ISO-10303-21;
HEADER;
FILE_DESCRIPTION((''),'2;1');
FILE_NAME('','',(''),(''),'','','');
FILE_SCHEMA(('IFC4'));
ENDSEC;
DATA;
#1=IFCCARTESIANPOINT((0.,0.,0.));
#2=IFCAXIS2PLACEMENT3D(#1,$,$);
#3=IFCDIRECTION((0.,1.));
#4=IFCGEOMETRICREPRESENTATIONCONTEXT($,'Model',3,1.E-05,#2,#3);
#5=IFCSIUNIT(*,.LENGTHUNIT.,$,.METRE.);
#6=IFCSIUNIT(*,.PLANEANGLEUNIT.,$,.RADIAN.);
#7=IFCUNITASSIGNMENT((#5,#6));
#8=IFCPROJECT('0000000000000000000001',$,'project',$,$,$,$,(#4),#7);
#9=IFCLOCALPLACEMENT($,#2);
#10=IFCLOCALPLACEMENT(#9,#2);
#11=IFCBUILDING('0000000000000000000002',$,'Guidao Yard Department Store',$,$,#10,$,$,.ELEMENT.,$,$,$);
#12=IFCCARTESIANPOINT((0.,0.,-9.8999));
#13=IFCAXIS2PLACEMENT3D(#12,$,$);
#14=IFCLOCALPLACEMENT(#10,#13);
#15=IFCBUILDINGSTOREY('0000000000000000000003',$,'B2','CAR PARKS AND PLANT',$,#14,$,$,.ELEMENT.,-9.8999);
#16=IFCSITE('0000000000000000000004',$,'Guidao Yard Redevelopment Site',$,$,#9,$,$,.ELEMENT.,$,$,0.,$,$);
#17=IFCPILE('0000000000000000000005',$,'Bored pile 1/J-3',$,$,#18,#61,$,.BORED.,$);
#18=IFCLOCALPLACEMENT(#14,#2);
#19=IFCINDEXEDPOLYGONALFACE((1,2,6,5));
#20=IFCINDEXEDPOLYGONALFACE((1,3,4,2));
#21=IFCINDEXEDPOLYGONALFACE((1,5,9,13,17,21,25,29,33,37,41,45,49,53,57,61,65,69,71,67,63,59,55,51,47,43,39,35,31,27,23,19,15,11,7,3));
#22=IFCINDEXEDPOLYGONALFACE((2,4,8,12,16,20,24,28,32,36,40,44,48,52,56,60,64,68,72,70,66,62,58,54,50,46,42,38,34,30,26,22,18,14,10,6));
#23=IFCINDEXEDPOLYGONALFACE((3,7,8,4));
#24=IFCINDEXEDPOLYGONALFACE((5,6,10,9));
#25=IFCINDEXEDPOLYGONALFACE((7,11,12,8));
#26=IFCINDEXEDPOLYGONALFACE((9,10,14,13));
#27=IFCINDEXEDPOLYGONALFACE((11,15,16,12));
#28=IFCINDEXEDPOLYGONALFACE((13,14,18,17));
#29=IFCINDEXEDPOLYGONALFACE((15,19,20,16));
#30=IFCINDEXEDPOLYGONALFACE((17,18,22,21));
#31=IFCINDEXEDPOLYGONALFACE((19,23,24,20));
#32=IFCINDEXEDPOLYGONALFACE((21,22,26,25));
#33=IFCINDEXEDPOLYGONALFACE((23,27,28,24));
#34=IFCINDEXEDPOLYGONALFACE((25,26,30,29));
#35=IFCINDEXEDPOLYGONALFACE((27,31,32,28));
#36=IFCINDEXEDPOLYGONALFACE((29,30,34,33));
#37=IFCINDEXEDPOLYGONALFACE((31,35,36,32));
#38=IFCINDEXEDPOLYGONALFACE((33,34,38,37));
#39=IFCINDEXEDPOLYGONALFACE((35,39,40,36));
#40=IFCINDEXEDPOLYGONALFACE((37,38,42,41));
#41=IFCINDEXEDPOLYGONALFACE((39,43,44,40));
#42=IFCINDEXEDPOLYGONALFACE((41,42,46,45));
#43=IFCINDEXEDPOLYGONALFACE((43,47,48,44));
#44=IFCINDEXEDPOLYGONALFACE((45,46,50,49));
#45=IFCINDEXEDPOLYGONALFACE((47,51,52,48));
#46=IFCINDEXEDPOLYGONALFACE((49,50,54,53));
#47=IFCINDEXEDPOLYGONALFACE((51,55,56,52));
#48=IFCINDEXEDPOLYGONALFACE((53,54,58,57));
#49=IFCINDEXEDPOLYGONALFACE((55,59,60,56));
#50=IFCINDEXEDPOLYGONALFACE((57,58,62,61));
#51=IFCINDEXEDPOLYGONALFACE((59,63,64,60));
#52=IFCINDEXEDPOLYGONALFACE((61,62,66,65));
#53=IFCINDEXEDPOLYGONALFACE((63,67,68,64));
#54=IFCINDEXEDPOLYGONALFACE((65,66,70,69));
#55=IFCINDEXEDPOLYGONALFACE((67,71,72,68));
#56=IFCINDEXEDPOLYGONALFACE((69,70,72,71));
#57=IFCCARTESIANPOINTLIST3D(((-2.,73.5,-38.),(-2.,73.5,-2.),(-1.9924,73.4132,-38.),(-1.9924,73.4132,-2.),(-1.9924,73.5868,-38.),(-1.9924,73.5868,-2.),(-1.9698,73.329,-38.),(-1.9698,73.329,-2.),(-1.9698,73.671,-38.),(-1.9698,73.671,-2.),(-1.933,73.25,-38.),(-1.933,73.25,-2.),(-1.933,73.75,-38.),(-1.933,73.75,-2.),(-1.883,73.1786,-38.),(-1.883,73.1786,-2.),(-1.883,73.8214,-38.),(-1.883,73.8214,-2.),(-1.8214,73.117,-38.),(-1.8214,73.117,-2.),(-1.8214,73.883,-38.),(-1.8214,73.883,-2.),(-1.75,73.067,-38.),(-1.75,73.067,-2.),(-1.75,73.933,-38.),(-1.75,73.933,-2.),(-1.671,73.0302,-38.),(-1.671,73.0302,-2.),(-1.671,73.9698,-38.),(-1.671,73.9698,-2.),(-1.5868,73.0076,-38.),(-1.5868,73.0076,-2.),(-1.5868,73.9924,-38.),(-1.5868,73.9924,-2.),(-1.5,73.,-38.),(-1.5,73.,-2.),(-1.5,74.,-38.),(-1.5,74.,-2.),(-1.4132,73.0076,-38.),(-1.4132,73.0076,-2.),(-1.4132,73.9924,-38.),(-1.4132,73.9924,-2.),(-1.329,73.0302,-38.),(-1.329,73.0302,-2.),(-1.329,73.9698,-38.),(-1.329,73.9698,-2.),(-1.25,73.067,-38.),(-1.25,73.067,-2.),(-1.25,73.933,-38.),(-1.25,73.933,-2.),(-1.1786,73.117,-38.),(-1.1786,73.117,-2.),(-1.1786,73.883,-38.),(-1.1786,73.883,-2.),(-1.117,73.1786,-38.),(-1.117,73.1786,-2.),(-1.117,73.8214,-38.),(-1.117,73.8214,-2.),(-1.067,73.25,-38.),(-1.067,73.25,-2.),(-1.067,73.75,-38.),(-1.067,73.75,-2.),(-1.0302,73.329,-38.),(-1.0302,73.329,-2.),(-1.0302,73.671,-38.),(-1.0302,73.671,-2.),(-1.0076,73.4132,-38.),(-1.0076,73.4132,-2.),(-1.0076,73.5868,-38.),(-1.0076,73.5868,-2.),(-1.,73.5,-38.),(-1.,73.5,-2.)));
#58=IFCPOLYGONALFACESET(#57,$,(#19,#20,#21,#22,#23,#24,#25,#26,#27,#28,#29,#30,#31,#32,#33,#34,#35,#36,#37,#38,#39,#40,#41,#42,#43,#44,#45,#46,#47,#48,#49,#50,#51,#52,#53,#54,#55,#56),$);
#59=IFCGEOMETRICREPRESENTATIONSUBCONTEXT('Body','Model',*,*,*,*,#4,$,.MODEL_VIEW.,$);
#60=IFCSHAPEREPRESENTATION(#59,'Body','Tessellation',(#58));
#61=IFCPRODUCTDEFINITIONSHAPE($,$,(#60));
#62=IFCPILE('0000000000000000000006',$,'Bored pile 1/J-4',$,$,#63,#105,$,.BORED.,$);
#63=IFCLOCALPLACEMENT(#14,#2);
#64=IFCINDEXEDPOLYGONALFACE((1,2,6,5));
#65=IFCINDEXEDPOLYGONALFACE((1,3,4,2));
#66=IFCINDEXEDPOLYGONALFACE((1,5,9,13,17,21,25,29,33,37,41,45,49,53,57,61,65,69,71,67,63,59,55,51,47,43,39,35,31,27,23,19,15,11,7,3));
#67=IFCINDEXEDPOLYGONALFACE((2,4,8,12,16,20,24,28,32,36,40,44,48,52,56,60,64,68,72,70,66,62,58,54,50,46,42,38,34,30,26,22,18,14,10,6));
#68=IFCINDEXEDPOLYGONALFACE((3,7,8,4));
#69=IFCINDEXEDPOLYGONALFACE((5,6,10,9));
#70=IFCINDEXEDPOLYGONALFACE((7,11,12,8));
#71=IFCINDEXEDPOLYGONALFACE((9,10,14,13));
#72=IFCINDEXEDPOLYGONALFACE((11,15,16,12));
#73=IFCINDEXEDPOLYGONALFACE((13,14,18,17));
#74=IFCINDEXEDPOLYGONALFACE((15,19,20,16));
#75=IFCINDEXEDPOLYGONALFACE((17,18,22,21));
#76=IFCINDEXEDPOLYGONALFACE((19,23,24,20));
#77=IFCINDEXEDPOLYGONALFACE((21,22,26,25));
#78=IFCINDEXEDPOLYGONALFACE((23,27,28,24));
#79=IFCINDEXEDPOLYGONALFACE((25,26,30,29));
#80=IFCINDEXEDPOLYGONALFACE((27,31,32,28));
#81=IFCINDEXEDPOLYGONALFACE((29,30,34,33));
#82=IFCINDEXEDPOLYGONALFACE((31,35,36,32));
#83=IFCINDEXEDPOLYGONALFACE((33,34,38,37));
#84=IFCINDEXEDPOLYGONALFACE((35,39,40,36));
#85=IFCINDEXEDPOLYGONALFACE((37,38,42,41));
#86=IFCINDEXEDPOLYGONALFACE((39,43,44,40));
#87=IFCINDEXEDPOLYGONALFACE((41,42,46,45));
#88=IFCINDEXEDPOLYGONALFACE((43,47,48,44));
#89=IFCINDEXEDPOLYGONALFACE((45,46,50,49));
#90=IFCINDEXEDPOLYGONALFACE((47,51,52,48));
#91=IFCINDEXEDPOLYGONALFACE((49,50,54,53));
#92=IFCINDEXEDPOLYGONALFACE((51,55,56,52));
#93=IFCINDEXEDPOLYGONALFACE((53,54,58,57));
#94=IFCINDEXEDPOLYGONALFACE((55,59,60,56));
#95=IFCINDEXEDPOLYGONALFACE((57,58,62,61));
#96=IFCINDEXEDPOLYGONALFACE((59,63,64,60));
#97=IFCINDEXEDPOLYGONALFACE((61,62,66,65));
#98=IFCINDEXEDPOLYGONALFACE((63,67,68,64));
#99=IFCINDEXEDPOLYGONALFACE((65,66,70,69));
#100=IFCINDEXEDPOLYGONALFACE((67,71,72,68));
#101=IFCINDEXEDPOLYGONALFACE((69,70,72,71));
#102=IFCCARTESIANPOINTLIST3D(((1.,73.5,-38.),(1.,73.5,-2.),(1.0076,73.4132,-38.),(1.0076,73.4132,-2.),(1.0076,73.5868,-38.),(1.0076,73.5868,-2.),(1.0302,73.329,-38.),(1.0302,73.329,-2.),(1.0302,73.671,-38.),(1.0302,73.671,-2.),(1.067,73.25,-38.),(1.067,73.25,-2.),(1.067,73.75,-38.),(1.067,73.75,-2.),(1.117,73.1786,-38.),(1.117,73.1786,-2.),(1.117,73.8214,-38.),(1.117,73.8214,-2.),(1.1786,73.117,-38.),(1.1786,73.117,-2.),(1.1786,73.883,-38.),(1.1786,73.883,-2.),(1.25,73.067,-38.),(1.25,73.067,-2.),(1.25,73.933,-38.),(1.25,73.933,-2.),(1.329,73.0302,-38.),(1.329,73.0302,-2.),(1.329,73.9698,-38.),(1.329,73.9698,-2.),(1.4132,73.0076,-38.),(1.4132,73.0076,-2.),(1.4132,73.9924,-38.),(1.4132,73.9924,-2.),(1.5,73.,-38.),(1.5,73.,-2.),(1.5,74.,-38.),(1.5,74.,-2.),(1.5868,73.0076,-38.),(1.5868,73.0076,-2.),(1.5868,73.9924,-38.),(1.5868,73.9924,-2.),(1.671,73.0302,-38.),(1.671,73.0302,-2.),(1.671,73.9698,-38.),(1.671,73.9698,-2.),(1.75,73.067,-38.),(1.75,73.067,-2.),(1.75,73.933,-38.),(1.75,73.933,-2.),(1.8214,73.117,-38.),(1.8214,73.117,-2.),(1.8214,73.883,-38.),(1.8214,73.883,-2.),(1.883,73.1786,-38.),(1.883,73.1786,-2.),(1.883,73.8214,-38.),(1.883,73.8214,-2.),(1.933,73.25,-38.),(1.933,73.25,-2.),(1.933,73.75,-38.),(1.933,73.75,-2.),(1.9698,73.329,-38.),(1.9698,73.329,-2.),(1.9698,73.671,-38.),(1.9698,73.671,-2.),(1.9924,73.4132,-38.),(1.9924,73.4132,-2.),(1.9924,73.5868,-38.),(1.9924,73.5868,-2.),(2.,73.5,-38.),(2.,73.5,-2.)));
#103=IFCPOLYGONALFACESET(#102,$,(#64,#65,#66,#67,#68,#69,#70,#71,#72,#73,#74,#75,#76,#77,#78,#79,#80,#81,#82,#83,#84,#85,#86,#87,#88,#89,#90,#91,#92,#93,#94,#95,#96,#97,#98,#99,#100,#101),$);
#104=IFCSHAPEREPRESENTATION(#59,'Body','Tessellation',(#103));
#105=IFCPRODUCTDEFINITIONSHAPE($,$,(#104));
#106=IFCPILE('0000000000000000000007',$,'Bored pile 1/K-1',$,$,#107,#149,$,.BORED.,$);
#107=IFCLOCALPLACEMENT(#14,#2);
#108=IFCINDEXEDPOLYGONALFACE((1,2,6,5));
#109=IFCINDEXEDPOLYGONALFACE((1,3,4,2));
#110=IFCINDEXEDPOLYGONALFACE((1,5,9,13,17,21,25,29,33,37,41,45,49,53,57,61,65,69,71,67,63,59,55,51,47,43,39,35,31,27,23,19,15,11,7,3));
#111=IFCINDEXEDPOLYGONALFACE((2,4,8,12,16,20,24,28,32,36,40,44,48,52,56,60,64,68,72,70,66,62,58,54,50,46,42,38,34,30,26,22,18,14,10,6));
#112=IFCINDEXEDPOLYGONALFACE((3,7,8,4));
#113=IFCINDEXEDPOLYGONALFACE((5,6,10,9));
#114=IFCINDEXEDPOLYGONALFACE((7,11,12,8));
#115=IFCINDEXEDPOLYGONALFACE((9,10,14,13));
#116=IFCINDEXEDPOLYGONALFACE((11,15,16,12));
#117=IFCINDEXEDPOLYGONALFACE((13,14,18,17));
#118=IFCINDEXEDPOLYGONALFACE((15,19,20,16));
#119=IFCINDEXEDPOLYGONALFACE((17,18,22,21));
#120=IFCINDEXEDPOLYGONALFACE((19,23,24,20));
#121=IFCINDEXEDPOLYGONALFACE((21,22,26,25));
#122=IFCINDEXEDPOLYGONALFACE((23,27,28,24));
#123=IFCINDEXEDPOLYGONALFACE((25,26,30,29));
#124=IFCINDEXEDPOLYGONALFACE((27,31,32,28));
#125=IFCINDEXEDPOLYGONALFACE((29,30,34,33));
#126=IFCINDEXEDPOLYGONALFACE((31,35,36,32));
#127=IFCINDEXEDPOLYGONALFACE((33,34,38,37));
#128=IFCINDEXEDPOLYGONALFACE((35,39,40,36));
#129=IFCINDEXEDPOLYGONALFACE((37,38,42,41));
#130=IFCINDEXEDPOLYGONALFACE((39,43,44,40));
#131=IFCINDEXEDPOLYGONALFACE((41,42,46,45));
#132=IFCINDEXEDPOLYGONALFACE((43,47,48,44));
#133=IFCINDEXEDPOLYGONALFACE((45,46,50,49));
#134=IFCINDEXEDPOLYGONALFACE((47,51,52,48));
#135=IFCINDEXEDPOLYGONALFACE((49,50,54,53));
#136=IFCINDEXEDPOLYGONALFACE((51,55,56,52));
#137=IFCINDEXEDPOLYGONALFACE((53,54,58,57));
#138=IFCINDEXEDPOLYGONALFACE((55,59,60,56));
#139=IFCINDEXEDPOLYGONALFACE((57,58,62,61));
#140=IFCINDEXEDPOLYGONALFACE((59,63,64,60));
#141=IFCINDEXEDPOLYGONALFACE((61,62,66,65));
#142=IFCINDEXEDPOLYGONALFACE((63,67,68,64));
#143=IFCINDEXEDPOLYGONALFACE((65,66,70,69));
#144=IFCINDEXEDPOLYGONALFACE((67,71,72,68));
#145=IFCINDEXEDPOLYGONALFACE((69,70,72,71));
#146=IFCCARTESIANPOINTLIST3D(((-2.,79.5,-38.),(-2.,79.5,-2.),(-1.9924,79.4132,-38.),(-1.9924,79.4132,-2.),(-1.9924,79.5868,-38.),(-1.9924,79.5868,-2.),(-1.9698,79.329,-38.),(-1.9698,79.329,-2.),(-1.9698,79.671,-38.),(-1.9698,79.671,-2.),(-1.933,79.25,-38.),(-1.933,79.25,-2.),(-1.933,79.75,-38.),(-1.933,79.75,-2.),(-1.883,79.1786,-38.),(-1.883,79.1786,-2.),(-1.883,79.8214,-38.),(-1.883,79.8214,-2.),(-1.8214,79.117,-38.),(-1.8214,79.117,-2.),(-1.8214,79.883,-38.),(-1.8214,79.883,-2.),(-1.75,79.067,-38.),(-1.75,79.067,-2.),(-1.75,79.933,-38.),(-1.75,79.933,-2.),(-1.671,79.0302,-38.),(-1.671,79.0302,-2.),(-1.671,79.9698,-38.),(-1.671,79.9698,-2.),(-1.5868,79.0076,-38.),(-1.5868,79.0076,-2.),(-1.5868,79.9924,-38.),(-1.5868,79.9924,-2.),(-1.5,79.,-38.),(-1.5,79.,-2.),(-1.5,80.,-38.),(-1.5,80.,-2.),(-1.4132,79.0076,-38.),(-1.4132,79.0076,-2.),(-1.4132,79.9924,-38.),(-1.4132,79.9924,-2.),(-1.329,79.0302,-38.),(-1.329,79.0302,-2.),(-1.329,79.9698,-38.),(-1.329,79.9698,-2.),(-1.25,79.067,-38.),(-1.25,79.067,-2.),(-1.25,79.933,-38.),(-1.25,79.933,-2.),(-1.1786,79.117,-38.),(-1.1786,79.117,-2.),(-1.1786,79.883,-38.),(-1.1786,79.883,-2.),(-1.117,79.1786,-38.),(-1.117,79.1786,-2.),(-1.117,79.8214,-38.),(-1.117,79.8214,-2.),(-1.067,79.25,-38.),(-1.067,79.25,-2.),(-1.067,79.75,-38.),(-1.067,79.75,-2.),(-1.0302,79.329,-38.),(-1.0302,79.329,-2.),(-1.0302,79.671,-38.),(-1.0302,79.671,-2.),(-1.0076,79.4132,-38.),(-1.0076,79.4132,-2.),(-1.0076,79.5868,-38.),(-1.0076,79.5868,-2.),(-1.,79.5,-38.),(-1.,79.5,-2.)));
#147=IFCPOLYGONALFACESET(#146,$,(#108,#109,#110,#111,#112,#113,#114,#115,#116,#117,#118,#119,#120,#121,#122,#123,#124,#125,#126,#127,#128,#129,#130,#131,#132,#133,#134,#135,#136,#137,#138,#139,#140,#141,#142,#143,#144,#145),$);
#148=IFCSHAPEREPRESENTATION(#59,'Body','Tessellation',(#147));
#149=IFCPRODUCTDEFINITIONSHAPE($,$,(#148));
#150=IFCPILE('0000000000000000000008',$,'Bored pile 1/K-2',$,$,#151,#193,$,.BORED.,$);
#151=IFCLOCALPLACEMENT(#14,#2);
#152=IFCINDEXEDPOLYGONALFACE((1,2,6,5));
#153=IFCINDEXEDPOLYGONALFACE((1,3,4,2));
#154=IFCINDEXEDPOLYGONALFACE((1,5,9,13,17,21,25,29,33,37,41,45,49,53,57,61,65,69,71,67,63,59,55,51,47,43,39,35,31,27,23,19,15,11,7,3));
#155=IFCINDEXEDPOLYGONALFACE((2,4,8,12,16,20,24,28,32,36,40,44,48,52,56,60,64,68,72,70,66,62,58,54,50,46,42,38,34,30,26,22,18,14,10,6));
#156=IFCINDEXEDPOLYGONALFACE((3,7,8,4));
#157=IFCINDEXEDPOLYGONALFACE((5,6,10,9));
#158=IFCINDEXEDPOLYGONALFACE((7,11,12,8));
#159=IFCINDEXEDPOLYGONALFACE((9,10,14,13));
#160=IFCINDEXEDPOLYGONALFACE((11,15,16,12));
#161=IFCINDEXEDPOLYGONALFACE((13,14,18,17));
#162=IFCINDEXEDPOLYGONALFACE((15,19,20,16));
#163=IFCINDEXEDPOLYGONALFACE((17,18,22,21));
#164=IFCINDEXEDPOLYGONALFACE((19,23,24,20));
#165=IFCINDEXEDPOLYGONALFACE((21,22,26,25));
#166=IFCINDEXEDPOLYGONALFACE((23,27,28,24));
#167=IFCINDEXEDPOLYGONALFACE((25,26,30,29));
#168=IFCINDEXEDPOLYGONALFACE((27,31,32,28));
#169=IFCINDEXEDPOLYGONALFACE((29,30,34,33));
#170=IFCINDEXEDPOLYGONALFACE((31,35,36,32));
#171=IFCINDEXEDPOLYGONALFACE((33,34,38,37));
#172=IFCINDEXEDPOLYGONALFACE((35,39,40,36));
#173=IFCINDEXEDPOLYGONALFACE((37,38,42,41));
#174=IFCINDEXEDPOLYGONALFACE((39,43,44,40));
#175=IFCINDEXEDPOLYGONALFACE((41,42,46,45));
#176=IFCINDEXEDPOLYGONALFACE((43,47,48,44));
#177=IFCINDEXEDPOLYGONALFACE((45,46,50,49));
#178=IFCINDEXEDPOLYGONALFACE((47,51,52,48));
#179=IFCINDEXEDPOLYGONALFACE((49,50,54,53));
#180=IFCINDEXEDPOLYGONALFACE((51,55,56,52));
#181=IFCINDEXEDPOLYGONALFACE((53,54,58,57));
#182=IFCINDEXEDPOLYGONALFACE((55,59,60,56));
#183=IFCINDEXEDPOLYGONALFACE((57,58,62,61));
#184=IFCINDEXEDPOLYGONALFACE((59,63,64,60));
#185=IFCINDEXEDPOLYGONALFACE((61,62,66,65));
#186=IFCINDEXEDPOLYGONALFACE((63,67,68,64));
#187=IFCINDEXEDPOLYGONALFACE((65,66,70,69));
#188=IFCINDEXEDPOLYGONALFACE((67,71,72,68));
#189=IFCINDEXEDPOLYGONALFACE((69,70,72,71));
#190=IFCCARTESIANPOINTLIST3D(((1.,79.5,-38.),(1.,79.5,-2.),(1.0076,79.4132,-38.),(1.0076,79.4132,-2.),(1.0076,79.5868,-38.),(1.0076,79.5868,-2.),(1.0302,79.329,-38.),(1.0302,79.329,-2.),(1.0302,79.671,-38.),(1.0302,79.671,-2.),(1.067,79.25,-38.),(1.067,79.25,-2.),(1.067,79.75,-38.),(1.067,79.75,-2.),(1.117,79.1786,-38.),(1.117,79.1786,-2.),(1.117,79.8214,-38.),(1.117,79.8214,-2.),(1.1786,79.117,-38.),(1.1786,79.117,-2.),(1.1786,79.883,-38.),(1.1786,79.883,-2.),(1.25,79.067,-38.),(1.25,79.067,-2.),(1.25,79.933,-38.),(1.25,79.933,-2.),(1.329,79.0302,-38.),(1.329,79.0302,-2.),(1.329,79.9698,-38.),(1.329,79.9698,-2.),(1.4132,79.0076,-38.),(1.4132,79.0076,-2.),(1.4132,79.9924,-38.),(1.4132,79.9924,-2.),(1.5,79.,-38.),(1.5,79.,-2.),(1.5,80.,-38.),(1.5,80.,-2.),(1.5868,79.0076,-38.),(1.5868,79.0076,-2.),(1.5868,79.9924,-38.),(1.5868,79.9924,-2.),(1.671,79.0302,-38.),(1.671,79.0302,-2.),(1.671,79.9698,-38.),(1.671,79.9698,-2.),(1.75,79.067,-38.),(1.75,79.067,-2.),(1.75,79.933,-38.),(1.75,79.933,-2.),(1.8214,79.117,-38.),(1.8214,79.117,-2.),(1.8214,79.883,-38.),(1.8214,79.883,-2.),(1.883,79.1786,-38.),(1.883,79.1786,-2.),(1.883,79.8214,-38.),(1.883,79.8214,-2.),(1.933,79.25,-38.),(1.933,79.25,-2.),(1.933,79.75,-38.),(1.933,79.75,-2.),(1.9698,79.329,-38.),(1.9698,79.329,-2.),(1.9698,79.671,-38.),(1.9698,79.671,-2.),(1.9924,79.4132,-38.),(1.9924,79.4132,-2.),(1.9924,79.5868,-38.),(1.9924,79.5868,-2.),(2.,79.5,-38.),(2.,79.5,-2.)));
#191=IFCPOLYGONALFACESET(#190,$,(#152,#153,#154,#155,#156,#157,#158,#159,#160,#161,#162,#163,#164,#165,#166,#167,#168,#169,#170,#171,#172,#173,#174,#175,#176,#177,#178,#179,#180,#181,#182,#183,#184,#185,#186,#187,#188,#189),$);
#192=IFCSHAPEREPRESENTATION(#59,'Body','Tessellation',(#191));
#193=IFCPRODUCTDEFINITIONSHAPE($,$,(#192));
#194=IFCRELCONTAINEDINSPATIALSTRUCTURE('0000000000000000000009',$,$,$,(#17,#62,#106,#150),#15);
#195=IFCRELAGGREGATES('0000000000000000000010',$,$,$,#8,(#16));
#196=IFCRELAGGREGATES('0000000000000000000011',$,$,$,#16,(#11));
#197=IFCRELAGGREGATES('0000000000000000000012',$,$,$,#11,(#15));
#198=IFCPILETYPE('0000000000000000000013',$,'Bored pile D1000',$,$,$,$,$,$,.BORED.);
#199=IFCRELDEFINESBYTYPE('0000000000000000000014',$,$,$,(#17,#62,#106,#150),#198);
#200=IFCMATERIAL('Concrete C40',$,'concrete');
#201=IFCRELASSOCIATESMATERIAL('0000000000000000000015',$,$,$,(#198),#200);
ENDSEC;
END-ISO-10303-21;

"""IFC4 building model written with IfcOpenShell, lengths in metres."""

from ifc_helpers import new_model, si_unit, direction, frame, origin, origin_2d, place, context, subcontext, project, spatial, circle, extrude, material, material_profile, profile_set, type_object, element, save


model = new_model("IFC4")

# Units and contexts
model_context = context("Model", 3, precision=1e-05, world=origin(), true_north=direction((0.0, 1.0)))
body_context = subcontext(model_context, "Body", "Model", "MODEL_VIEW")
ifc_project = project(units=[si_unit("LENGTHUNIT", "METRE"), si_unit("PLANEANGLEUNIT", "RADIAN")], contexts=[model_context])

# Site, building, storey
site_placement = place(None, origin())
site = spatial("IfcSite", under=ifc_project, at=site_placement, Name="Guidao Yard Redevelopment Site", CompositionType="ELEMENT", RefElevation=0.0)
building_placement = place(site_placement, origin())
building = spatial("IfcBuilding", under=site, at=building_placement, Name="Guidao Yard Department Store", CompositionType="ELEMENT")
storey_placement = place(building_placement, frame((0.0, 0.0, -9.8999)))
storey = spatial("IfcBuildingStorey", under=building, at=storey_placement, Name="B2", Description="CAR PARKS AND PLANT", CompositionType="ELEMENT", Elevation=-9.8999)

# Piles
ifc_material_1 = material(Name="Concrete C40", Category="concrete")
ifc_material_profile_1 = material_profile(ifc_material_1, circle(Radius=0.5, at=origin_2d()), Name="Bored pile D1000")
ifc_profile_set_1 = profile_set([ifc_material_profile_1], Name="Concrete C40")
pile_type = type_object("IfcPileType", Name="Bored pile D1000", PredefinedType="BORED", material=ifc_profile_set_1)
for number, where, z_axis, x_axis, name in (
    (1, (-1.5, 73.5, -2.0), (0.0, 0.0, -1.0), (1.0, 0.0, 0.0), "Bored pile 1/J-3"),
    (2, (1.5, 73.5, -2.0), (0.0, 0.0, -1.0), (1.0, 0.0, 0.0), "Bored pile 1/J-4"),
    (3, (-1.5, 79.5, -2.0), (0.0, 0.0, -1.0), (1.0, 0.0, 0.0), "Bored pile 1/K-1"),
    (4, (1.5, 79.5, -2.0), (0.0, 0.0, -1.0), (1.0, 0.0, 0.0), "Bored pile 1/K-2"),
):
    element("IfcPile", number, at=place(storey_placement, frame(where, z_axis=z_axis, x_axis=x_axis)), inside=storey, type_object=pile_type, Name=name, PredefinedType="BORED", context=body_context, shape_type="SweptSolid", body=[
        extrude(circle(Radius=0.5, at=origin_2d()), origin(), (0.0, 0.0, 1.0), 36.0),
    ])

save(model, "model.ifc")
